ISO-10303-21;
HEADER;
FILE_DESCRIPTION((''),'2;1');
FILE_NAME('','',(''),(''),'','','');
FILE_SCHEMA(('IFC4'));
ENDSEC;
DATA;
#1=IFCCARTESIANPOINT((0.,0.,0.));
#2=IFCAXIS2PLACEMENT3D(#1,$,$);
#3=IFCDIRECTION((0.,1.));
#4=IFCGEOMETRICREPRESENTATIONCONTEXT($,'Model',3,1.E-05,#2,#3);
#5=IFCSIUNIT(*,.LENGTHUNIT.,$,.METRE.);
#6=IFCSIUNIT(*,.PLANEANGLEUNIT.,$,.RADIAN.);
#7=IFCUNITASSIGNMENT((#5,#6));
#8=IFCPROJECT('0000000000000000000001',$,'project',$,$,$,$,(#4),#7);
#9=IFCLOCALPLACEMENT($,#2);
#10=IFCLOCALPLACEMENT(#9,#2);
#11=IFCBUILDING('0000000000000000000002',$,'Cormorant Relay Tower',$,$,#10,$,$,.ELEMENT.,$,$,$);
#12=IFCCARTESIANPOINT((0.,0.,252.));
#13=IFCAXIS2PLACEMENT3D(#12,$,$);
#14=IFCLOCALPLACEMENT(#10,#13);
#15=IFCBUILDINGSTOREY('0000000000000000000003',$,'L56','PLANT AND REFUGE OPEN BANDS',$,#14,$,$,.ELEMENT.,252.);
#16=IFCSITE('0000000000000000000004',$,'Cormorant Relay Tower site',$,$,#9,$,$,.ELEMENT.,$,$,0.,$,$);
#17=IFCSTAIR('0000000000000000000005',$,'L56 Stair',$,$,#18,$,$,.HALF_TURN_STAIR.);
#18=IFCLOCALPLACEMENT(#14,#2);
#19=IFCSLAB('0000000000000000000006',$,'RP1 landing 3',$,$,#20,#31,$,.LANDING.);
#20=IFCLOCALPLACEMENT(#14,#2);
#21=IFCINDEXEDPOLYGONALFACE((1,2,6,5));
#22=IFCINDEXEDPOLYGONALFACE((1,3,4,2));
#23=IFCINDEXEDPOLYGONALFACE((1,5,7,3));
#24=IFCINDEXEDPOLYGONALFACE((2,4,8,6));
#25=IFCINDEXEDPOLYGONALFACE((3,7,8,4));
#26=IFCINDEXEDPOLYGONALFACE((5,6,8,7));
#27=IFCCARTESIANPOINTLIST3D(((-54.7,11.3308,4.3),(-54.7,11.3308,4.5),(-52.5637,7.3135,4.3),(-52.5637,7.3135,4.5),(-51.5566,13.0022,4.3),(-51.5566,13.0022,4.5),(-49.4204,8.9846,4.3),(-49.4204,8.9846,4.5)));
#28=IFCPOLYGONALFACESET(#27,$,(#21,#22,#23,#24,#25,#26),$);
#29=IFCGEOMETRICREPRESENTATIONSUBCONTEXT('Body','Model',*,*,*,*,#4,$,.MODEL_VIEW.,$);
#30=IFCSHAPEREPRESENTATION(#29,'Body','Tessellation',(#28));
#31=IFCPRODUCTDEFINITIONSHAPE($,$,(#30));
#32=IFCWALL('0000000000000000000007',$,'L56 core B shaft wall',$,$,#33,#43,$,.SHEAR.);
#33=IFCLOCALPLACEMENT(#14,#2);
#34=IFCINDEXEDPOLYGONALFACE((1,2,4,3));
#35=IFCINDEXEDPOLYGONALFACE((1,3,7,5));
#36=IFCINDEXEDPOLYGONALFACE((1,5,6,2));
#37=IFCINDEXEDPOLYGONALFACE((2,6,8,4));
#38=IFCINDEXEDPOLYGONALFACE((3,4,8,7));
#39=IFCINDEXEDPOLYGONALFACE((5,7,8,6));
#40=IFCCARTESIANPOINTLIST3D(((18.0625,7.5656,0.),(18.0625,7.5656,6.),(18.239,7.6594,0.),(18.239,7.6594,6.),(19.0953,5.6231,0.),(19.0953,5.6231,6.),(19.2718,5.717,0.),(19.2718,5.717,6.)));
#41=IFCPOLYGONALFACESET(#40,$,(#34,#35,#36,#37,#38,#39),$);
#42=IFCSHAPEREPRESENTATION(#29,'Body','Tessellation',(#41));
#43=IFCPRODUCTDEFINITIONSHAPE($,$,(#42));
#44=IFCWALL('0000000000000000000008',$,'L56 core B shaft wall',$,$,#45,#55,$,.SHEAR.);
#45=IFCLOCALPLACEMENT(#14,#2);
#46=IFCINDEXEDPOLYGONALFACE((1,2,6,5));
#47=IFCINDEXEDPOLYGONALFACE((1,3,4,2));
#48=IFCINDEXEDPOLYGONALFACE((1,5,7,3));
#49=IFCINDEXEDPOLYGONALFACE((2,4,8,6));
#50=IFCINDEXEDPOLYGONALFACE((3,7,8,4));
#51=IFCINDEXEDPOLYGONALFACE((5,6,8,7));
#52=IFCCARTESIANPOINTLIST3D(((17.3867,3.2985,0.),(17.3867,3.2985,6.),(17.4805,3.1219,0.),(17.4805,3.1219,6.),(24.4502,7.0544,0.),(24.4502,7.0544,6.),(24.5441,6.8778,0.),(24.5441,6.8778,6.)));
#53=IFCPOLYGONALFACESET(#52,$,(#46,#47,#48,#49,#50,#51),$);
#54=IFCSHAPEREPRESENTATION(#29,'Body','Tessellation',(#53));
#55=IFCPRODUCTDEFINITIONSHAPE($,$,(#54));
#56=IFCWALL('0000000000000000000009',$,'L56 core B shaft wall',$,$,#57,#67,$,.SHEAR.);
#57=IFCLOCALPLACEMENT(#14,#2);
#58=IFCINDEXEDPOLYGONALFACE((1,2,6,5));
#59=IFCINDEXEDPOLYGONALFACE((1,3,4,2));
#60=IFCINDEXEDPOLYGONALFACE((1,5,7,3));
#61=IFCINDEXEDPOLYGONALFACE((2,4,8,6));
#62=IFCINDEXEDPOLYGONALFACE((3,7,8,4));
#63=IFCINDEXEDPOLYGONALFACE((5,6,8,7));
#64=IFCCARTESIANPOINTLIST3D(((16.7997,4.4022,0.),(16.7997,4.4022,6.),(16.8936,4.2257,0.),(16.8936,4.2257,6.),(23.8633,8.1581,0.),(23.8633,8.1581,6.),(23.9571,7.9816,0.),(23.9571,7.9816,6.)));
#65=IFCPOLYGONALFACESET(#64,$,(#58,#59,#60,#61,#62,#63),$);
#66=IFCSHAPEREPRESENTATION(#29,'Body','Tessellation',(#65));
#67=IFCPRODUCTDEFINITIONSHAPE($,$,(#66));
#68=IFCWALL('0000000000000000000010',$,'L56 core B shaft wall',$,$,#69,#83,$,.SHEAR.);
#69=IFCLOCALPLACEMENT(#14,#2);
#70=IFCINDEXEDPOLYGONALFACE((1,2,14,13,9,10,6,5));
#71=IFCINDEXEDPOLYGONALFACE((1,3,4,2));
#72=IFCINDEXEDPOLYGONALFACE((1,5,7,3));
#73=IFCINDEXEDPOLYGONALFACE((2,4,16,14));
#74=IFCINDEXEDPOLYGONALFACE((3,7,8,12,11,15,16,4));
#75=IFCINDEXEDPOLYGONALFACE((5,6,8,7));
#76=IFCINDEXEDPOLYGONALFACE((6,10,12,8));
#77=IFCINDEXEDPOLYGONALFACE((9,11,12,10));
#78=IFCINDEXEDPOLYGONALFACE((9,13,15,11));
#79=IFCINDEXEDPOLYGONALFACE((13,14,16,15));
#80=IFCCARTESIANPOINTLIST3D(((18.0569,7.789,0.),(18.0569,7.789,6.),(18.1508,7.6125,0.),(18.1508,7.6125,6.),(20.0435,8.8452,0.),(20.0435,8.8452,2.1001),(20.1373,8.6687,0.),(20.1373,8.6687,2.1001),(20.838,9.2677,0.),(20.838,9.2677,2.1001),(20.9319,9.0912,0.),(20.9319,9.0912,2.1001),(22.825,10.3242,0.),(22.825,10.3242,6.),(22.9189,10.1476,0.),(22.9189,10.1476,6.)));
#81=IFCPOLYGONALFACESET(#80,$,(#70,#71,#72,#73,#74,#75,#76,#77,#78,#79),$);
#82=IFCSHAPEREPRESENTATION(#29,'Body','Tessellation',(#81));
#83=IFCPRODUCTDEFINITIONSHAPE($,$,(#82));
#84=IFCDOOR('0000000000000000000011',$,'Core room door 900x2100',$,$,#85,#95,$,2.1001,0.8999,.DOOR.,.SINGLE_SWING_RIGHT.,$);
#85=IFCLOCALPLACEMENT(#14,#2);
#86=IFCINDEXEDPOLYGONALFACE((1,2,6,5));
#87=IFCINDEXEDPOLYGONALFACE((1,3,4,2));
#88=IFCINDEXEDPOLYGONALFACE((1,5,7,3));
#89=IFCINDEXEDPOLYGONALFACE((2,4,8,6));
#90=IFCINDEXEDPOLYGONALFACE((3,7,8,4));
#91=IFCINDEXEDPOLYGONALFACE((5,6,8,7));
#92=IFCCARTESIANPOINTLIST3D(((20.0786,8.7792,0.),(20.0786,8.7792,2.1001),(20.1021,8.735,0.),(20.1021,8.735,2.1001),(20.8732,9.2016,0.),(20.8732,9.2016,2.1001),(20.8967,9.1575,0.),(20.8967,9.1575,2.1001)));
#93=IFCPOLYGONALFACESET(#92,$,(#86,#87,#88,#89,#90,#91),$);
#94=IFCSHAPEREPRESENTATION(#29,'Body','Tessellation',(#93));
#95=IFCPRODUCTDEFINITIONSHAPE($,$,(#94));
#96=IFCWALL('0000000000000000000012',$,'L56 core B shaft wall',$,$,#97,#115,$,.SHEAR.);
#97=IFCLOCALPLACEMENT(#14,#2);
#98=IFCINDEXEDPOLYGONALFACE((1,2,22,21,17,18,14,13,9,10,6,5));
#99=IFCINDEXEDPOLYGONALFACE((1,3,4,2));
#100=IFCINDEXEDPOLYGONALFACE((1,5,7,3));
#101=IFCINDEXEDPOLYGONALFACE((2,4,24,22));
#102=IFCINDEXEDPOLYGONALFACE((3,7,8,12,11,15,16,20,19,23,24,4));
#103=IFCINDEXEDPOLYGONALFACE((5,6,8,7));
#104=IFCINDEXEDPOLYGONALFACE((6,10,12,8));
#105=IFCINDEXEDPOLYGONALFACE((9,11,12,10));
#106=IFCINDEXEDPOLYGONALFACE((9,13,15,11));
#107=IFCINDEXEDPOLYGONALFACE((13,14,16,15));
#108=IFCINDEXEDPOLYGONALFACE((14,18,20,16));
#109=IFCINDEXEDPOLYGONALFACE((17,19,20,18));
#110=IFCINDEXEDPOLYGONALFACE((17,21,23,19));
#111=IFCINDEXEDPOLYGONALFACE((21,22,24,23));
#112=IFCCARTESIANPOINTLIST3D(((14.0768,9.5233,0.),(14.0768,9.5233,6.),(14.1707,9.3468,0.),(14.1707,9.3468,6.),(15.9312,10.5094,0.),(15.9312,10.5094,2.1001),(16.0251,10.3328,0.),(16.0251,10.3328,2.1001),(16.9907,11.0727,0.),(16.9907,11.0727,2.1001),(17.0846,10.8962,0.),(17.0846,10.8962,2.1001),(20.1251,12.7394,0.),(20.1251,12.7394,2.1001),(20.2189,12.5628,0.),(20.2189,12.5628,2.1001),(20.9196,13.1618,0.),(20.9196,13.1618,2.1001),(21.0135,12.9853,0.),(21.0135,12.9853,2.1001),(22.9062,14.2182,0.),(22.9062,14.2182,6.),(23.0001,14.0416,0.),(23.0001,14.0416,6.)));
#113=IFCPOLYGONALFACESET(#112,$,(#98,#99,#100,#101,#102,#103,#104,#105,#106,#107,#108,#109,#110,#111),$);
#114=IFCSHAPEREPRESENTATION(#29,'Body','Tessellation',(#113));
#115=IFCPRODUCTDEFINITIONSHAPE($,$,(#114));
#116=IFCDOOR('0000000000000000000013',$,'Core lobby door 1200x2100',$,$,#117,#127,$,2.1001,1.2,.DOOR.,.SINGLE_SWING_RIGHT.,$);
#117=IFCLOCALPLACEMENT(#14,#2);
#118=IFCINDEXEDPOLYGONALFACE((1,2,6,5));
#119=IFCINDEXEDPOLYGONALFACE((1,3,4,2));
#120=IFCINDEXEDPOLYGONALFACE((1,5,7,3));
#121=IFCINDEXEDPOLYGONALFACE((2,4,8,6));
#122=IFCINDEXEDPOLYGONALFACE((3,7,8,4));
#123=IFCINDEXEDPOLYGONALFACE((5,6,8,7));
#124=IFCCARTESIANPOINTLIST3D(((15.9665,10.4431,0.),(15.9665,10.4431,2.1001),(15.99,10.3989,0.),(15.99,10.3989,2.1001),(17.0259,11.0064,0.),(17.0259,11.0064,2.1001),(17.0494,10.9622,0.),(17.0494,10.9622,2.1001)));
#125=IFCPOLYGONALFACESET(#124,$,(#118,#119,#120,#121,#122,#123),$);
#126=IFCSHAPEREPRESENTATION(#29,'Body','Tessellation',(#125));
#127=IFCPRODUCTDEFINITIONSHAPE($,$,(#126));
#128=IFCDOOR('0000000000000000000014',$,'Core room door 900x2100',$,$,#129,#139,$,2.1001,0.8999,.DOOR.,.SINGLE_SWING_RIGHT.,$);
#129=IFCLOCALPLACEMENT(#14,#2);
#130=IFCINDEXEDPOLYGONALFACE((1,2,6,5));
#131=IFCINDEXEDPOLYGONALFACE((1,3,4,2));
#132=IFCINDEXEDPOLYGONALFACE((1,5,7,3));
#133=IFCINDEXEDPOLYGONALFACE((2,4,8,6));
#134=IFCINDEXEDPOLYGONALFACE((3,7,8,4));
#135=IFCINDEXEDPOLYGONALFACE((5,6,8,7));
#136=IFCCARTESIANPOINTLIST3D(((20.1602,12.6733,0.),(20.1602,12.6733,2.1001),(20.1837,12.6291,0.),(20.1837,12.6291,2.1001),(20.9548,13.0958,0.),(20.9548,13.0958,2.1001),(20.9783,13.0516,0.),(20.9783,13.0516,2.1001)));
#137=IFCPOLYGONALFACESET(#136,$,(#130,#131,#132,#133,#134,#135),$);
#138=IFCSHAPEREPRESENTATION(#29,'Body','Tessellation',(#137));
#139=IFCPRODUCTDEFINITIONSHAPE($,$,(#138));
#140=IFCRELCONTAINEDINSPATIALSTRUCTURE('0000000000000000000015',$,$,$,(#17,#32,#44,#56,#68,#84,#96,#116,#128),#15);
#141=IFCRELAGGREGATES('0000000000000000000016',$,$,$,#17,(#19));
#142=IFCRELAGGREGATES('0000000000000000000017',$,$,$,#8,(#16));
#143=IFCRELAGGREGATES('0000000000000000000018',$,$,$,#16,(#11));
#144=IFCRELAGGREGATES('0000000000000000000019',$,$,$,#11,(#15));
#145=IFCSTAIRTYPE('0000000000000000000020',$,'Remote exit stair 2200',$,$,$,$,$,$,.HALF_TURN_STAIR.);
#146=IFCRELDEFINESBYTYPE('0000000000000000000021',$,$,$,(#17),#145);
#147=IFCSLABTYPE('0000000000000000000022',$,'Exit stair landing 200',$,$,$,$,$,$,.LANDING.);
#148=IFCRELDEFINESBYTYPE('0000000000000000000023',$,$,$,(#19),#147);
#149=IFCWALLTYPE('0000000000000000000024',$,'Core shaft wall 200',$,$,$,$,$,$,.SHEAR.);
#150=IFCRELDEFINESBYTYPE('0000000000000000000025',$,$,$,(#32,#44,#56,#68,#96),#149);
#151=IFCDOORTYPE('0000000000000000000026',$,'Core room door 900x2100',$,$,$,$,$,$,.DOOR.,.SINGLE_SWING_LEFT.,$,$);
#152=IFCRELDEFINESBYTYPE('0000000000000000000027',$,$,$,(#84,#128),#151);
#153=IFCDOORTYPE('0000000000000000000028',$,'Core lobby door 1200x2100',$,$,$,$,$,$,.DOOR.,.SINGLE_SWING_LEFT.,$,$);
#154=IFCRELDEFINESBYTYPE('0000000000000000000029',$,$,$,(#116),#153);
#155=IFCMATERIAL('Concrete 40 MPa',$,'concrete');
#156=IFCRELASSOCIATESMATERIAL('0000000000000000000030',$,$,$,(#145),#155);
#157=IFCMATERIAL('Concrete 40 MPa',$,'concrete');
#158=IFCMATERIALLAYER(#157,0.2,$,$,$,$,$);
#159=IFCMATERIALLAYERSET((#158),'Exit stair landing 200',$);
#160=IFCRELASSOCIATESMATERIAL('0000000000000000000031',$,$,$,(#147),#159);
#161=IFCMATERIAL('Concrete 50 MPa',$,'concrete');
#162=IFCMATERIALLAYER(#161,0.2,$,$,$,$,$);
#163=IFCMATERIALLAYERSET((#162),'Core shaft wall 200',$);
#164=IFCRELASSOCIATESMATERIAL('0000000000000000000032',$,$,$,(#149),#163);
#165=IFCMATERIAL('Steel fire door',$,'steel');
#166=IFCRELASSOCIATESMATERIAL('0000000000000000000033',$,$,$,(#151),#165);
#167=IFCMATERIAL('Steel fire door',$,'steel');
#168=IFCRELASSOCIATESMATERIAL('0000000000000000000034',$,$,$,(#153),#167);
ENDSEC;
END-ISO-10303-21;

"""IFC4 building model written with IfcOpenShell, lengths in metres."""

from ifc_helpers import new_model, si_unit, direction, frame, frame_2d, origin, place, context, subcontext, project, spatial, polyline, rectangle, outline, extrude, material, layer, layer_set, type_object, element, fill, aggregate, save


model = new_model("IFC4")

# Units and contexts
model_context = context("Model", 3, precision=1e-05, world=origin(), true_north=direction((0.0, 1.0)))
body_context = subcontext(model_context, "Body", "Model", "MODEL_VIEW")
ifc_project = project(units=[si_unit("LENGTHUNIT", "METRE"), si_unit("PLANEANGLEUNIT", "RADIAN")], contexts=[model_context])

# Site, building, storey
site_placement = place(None, origin())
site = spatial("IfcSite", under=ifc_project, at=site_placement, Name="Cormorant Relay Tower site", CompositionType="ELEMENT", RefElevation=0.0)
building_placement = place(site_placement, origin())
building = spatial("IfcBuilding", under=site, at=building_placement, Name="Cormorant Relay Tower", CompositionType="ELEMENT")
storey_placement = place(building_placement, frame((0.0, 0.0, 252.0)))
storey = spatial("IfcBuildingStorey", under=building, at=storey_placement, Name="L56", Description="PLANT AND REFUGE OPEN BANDS", CompositionType="ELEMENT", Elevation=252.0)

# Shared definitions
ifc_material_1 = material(Name="Concrete 40 MPa", Category="concrete")
stair_type_1 = type_object("IfcStairType", Name="Remote exit stair 2200", PredefinedType="HALF_TURN_STAIR", material=ifc_material_1)
ifc_material_2 = material(Name="Concrete 40 MPa", Category="concrete")
ifc_layer_1 = layer(ifc_material_2, 0.2)
ifc_layer_set_1 = layer_set([ifc_layer_1], Name="Exit stair landing 200")
slab_type = type_object("IfcSlabType", Name="Exit stair landing 200", PredefinedType="LANDING", material=ifc_layer_set_1)

# Stair, slab
stair_1_placement = place(storey_placement, origin())
stair_1 = element("IfcStair", 1, at=stair_1_placement, inside=storey, type_object=stair_type_1, Name="L56 Stair", PredefinedType="HALF_TURN_STAIR")
slab_1_placement = place(storey_placement, frame((0.0, 0.0, 4.3)))
slab_1 = element("IfcSlab", 2, at=slab_1_placement, type_object=slab_type, Name="RP1 landing 3", PredefinedType="LANDING", context=body_context, shape_type="SweptSolid", body=[
    extrude(outline(polyline([(-51.5566, 13.0022), (-54.7, 11.3308), (-52.5637, 7.3135), (-49.4204, 8.9846), (-51.5566, 13.0022)])), origin(), (0.0, 0.0, 1.0), 0.2),
])
aggregate(stair_1, [slab_1])

# Walls
ifc_material_3 = material(Name="Concrete 50 MPa", Category="concrete")
ifc_layer_2 = layer(ifc_material_3, 0.2)
ifc_layer_set_2 = layer_set([ifc_layer_2], Name="Core shaft wall 200")
wall_type = type_object("IfcWallType", Name="Core shaft wall 200", PredefinedType="SHEAR", material=ifc_layer_set_2)
wall_1_placement = place(storey_placement, frame((19.1836, 5.6699, 0.0), z_axis=(0.0, 0.0, 1.0), x_axis=(-0.469447, 0.88296, 0.0)))
element("IfcWall", 3, at=wall_1_placement, inside=storey, type_object=wall_type, Name="L56 core B shaft wall", PredefinedType="SHEAR", context=body_context, shape_type="SweptSolid", body=[
    extrude(rectangle(XDim=2.2, YDim=0.2, at=frame_2d((1.1001, 0.0))), origin(), (0.0, 0.0, 1.0), 6.0),
])
for number, where, z_axis, x_axis, name in (
    (4, (17.4336, 3.2102, 0.0), (0.0, 0.0, 1.0), (0.88294, 0.469485, 0.0), "L56 core B shaft wall"),
    (5, (16.8467, 4.314, 0.0), (0.0, 0.0, 1.0), (0.88294, 0.469485, 0.0), "L56 core B shaft wall"),
):
    element("IfcWall", number, at=place(storey_placement, frame(where, z_axis=z_axis, x_axis=x_axis)), inside=storey, type_object=wall_type, Name=name, PredefinedType="SHEAR", context=body_context, shape_type="SweptSolid", body=[
        extrude(rectangle(XDim=8.0, YDim=0.2, at=frame_2d((4.0, 0.0))), origin(), (0.0, 0.0, 1.0), 6.0),
    ])

# Wall, opening, door
wall_2_placement = place(storey_placement, frame((18.1038, 7.7007, 0.0), z_axis=(0.0, 0.0, 1.0), x_axis=(0.882953, 0.469462, 0.0)))
wall_2 = element("IfcWall", 6, at=wall_2_placement, inside=storey, type_object=wall_type, Name="L56 core B shaft wall", PredefinedType="SHEAR", context=body_context, shape_type="SweptSolid", body=[
    extrude(rectangle(XDim=5.4001, YDim=0.2, at=frame_2d((2.7002, 0.0))), origin(), (0.0, 0.0, 1.0), 6.0),
])
opening_1_placement = place(wall_2_placement, frame((2.25, 0.0, 0.0)))
opening_1 = element("IfcOpeningElement", 7, at=opening_1_placement, cuts=wall_2, PredefinedType="OPENING", context=body_context, shape_type="SweptSolid", body=[
    extrude(rectangle(XDim=0.8999, YDim=2.1001, at=frame_2d((0.45, 1.05))), frame((0.0, 0.1099, 0.0), z_axis=(0.0, -1.0, 0.0), x_axis=(1.0, 0.0, 0.0)), (0.0, 0.0, 1.0), 0.22),
])
ifc_material_4 = material(Name="Steel fire door", Category="steel")
door_type_1 = type_object("IfcDoorType", Name="Core room door 900x2100", OperationType="SINGLE_SWING_LEFT", PredefinedType="DOOR", material=ifc_material_4)
door_1_placement = place(opening_1_placement, frame((0.8999, 0.0, 0.0), z_axis=(0.0, 0.0, 1.0), x_axis=(-1.0, 0.0, 0.0)))
door_1 = element("IfcDoor", 8, at=door_1_placement, inside=storey, type_object=door_type_1, Name="Core room door 900x2100", OperationType="SINGLE_SWING_RIGHT", OverallHeight=2.1001, OverallWidth=0.8999, PredefinedType="DOOR", context=body_context, shape_type="SweptSolid", body=[
    extrude(rectangle(XDim=0.8999, YDim=2.1001, at=frame_2d((0.45, 1.05))), frame((0.0, 0.0249, 0.0), z_axis=(0.0, -1.0, 0.0), x_axis=(1.0, 0.0, 0.0)), (0.0, 0.0, 1.0), 0.05),
])
fill(opening_1, door_1)

# Wall, openings, doors
wall_3_placement = place(storey_placement, frame((14.1238, 9.4351, 0.0), z_axis=(0.0, 0.0, 1.0), x_axis=(0.88294, 0.469485, 0.0)))
wall_3 = element("IfcWall", 9, at=wall_3_placement, inside=storey, type_object=wall_type, Name="L56 core B shaft wall", PredefinedType="SHEAR", context=body_context, shape_type="SweptSolid", body=[
    extrude(rectangle(XDim=10.0, YDim=0.2, at=frame_2d((5.0, 0.0))), origin(), (0.0, 0.0, 1.0), 6.0),
])
opening_2_placement = place(wall_3_placement, frame((2.1001, 0.0, 0.0)))
opening_2 = element("IfcOpeningElement", 10, at=opening_2_placement, cuts=wall_3, PredefinedType="OPENING", context=body_context, shape_type="SweptSolid", body=[
    extrude(rectangle(XDim=1.2, YDim=2.1001, at=frame_2d((0.6001, 1.05))), frame((0.0, 0.1099, 0.0), z_axis=(0.0, -1.0, 0.0), x_axis=(1.0, 0.0, 0.0)), (0.0, 0.0, 1.0), 0.22),
])
opening_3_placement = place(wall_3_placement, frame((6.8501, 0.0, 0.0)))
opening_3 = element("IfcOpeningElement", 11, at=opening_3_placement, cuts=wall_3, PredefinedType="OPENING", context=body_context, shape_type="SweptSolid", body=[
    extrude(rectangle(XDim=0.8999, YDim=2.1001, at=frame_2d((0.45, 1.05))), frame((0.0, 0.1099, 0.0), z_axis=(0.0, -1.0, 0.0), x_axis=(1.0, 0.0, 0.0)), (0.0, 0.0, 1.0), 0.22),
])
ifc_material_5 = material(Name="Steel fire door", Category="steel")
door_type_2 = type_object("IfcDoorType", Name="Core lobby door 1200x2100", OperationType="SINGLE_SWING_LEFT", PredefinedType="DOOR", material=ifc_material_5)
door_2_placement = place(opening_2_placement, origin())
door_2 = element("IfcDoor", 12, at=door_2_placement, inside=storey, type_object=door_type_2, Name="Core lobby door 1200x2100", OperationType="SINGLE_SWING_RIGHT", OverallHeight=2.1001, OverallWidth=1.2, PredefinedType="DOOR", context=body_context, shape_type="SweptSolid", body=[
    extrude(rectangle(XDim=1.2, YDim=2.1001, at=frame_2d((0.6001, 1.05))), frame((0.0, 0.0249, 0.0), z_axis=(0.0, -1.0, 0.0), x_axis=(1.0, 0.0, 0.0)), (0.0, 0.0, 1.0), 0.05),
])
fill(opening_2, door_2)
door_3_placement = place(opening_3_placement, frame((0.8999, 0.0, 0.0), z_axis=(0.0, 0.0, 1.0), x_axis=(-1.0, 0.0, 0.0)))
door_3 = element("IfcDoor", 13, at=door_3_placement, inside=storey, type_object=door_type_1, Name="Core room door 900x2100", OperationType="SINGLE_SWING_RIGHT", OverallHeight=2.1001, OverallWidth=0.8999, PredefinedType="DOOR", context=body_context, shape_type="SweptSolid", body=[
    extrude(rectangle(XDim=0.8999, YDim=2.1001, at=frame_2d((0.45, 1.05))), frame((0.0, 0.0249, 0.0), z_axis=(0.0, -1.0, 0.0), x_axis=(1.0, 0.0, 0.0)), (0.0, 0.0, 1.0), 0.05),
])
fill(opening_3, door_3)

save(model, "model.ifc")
